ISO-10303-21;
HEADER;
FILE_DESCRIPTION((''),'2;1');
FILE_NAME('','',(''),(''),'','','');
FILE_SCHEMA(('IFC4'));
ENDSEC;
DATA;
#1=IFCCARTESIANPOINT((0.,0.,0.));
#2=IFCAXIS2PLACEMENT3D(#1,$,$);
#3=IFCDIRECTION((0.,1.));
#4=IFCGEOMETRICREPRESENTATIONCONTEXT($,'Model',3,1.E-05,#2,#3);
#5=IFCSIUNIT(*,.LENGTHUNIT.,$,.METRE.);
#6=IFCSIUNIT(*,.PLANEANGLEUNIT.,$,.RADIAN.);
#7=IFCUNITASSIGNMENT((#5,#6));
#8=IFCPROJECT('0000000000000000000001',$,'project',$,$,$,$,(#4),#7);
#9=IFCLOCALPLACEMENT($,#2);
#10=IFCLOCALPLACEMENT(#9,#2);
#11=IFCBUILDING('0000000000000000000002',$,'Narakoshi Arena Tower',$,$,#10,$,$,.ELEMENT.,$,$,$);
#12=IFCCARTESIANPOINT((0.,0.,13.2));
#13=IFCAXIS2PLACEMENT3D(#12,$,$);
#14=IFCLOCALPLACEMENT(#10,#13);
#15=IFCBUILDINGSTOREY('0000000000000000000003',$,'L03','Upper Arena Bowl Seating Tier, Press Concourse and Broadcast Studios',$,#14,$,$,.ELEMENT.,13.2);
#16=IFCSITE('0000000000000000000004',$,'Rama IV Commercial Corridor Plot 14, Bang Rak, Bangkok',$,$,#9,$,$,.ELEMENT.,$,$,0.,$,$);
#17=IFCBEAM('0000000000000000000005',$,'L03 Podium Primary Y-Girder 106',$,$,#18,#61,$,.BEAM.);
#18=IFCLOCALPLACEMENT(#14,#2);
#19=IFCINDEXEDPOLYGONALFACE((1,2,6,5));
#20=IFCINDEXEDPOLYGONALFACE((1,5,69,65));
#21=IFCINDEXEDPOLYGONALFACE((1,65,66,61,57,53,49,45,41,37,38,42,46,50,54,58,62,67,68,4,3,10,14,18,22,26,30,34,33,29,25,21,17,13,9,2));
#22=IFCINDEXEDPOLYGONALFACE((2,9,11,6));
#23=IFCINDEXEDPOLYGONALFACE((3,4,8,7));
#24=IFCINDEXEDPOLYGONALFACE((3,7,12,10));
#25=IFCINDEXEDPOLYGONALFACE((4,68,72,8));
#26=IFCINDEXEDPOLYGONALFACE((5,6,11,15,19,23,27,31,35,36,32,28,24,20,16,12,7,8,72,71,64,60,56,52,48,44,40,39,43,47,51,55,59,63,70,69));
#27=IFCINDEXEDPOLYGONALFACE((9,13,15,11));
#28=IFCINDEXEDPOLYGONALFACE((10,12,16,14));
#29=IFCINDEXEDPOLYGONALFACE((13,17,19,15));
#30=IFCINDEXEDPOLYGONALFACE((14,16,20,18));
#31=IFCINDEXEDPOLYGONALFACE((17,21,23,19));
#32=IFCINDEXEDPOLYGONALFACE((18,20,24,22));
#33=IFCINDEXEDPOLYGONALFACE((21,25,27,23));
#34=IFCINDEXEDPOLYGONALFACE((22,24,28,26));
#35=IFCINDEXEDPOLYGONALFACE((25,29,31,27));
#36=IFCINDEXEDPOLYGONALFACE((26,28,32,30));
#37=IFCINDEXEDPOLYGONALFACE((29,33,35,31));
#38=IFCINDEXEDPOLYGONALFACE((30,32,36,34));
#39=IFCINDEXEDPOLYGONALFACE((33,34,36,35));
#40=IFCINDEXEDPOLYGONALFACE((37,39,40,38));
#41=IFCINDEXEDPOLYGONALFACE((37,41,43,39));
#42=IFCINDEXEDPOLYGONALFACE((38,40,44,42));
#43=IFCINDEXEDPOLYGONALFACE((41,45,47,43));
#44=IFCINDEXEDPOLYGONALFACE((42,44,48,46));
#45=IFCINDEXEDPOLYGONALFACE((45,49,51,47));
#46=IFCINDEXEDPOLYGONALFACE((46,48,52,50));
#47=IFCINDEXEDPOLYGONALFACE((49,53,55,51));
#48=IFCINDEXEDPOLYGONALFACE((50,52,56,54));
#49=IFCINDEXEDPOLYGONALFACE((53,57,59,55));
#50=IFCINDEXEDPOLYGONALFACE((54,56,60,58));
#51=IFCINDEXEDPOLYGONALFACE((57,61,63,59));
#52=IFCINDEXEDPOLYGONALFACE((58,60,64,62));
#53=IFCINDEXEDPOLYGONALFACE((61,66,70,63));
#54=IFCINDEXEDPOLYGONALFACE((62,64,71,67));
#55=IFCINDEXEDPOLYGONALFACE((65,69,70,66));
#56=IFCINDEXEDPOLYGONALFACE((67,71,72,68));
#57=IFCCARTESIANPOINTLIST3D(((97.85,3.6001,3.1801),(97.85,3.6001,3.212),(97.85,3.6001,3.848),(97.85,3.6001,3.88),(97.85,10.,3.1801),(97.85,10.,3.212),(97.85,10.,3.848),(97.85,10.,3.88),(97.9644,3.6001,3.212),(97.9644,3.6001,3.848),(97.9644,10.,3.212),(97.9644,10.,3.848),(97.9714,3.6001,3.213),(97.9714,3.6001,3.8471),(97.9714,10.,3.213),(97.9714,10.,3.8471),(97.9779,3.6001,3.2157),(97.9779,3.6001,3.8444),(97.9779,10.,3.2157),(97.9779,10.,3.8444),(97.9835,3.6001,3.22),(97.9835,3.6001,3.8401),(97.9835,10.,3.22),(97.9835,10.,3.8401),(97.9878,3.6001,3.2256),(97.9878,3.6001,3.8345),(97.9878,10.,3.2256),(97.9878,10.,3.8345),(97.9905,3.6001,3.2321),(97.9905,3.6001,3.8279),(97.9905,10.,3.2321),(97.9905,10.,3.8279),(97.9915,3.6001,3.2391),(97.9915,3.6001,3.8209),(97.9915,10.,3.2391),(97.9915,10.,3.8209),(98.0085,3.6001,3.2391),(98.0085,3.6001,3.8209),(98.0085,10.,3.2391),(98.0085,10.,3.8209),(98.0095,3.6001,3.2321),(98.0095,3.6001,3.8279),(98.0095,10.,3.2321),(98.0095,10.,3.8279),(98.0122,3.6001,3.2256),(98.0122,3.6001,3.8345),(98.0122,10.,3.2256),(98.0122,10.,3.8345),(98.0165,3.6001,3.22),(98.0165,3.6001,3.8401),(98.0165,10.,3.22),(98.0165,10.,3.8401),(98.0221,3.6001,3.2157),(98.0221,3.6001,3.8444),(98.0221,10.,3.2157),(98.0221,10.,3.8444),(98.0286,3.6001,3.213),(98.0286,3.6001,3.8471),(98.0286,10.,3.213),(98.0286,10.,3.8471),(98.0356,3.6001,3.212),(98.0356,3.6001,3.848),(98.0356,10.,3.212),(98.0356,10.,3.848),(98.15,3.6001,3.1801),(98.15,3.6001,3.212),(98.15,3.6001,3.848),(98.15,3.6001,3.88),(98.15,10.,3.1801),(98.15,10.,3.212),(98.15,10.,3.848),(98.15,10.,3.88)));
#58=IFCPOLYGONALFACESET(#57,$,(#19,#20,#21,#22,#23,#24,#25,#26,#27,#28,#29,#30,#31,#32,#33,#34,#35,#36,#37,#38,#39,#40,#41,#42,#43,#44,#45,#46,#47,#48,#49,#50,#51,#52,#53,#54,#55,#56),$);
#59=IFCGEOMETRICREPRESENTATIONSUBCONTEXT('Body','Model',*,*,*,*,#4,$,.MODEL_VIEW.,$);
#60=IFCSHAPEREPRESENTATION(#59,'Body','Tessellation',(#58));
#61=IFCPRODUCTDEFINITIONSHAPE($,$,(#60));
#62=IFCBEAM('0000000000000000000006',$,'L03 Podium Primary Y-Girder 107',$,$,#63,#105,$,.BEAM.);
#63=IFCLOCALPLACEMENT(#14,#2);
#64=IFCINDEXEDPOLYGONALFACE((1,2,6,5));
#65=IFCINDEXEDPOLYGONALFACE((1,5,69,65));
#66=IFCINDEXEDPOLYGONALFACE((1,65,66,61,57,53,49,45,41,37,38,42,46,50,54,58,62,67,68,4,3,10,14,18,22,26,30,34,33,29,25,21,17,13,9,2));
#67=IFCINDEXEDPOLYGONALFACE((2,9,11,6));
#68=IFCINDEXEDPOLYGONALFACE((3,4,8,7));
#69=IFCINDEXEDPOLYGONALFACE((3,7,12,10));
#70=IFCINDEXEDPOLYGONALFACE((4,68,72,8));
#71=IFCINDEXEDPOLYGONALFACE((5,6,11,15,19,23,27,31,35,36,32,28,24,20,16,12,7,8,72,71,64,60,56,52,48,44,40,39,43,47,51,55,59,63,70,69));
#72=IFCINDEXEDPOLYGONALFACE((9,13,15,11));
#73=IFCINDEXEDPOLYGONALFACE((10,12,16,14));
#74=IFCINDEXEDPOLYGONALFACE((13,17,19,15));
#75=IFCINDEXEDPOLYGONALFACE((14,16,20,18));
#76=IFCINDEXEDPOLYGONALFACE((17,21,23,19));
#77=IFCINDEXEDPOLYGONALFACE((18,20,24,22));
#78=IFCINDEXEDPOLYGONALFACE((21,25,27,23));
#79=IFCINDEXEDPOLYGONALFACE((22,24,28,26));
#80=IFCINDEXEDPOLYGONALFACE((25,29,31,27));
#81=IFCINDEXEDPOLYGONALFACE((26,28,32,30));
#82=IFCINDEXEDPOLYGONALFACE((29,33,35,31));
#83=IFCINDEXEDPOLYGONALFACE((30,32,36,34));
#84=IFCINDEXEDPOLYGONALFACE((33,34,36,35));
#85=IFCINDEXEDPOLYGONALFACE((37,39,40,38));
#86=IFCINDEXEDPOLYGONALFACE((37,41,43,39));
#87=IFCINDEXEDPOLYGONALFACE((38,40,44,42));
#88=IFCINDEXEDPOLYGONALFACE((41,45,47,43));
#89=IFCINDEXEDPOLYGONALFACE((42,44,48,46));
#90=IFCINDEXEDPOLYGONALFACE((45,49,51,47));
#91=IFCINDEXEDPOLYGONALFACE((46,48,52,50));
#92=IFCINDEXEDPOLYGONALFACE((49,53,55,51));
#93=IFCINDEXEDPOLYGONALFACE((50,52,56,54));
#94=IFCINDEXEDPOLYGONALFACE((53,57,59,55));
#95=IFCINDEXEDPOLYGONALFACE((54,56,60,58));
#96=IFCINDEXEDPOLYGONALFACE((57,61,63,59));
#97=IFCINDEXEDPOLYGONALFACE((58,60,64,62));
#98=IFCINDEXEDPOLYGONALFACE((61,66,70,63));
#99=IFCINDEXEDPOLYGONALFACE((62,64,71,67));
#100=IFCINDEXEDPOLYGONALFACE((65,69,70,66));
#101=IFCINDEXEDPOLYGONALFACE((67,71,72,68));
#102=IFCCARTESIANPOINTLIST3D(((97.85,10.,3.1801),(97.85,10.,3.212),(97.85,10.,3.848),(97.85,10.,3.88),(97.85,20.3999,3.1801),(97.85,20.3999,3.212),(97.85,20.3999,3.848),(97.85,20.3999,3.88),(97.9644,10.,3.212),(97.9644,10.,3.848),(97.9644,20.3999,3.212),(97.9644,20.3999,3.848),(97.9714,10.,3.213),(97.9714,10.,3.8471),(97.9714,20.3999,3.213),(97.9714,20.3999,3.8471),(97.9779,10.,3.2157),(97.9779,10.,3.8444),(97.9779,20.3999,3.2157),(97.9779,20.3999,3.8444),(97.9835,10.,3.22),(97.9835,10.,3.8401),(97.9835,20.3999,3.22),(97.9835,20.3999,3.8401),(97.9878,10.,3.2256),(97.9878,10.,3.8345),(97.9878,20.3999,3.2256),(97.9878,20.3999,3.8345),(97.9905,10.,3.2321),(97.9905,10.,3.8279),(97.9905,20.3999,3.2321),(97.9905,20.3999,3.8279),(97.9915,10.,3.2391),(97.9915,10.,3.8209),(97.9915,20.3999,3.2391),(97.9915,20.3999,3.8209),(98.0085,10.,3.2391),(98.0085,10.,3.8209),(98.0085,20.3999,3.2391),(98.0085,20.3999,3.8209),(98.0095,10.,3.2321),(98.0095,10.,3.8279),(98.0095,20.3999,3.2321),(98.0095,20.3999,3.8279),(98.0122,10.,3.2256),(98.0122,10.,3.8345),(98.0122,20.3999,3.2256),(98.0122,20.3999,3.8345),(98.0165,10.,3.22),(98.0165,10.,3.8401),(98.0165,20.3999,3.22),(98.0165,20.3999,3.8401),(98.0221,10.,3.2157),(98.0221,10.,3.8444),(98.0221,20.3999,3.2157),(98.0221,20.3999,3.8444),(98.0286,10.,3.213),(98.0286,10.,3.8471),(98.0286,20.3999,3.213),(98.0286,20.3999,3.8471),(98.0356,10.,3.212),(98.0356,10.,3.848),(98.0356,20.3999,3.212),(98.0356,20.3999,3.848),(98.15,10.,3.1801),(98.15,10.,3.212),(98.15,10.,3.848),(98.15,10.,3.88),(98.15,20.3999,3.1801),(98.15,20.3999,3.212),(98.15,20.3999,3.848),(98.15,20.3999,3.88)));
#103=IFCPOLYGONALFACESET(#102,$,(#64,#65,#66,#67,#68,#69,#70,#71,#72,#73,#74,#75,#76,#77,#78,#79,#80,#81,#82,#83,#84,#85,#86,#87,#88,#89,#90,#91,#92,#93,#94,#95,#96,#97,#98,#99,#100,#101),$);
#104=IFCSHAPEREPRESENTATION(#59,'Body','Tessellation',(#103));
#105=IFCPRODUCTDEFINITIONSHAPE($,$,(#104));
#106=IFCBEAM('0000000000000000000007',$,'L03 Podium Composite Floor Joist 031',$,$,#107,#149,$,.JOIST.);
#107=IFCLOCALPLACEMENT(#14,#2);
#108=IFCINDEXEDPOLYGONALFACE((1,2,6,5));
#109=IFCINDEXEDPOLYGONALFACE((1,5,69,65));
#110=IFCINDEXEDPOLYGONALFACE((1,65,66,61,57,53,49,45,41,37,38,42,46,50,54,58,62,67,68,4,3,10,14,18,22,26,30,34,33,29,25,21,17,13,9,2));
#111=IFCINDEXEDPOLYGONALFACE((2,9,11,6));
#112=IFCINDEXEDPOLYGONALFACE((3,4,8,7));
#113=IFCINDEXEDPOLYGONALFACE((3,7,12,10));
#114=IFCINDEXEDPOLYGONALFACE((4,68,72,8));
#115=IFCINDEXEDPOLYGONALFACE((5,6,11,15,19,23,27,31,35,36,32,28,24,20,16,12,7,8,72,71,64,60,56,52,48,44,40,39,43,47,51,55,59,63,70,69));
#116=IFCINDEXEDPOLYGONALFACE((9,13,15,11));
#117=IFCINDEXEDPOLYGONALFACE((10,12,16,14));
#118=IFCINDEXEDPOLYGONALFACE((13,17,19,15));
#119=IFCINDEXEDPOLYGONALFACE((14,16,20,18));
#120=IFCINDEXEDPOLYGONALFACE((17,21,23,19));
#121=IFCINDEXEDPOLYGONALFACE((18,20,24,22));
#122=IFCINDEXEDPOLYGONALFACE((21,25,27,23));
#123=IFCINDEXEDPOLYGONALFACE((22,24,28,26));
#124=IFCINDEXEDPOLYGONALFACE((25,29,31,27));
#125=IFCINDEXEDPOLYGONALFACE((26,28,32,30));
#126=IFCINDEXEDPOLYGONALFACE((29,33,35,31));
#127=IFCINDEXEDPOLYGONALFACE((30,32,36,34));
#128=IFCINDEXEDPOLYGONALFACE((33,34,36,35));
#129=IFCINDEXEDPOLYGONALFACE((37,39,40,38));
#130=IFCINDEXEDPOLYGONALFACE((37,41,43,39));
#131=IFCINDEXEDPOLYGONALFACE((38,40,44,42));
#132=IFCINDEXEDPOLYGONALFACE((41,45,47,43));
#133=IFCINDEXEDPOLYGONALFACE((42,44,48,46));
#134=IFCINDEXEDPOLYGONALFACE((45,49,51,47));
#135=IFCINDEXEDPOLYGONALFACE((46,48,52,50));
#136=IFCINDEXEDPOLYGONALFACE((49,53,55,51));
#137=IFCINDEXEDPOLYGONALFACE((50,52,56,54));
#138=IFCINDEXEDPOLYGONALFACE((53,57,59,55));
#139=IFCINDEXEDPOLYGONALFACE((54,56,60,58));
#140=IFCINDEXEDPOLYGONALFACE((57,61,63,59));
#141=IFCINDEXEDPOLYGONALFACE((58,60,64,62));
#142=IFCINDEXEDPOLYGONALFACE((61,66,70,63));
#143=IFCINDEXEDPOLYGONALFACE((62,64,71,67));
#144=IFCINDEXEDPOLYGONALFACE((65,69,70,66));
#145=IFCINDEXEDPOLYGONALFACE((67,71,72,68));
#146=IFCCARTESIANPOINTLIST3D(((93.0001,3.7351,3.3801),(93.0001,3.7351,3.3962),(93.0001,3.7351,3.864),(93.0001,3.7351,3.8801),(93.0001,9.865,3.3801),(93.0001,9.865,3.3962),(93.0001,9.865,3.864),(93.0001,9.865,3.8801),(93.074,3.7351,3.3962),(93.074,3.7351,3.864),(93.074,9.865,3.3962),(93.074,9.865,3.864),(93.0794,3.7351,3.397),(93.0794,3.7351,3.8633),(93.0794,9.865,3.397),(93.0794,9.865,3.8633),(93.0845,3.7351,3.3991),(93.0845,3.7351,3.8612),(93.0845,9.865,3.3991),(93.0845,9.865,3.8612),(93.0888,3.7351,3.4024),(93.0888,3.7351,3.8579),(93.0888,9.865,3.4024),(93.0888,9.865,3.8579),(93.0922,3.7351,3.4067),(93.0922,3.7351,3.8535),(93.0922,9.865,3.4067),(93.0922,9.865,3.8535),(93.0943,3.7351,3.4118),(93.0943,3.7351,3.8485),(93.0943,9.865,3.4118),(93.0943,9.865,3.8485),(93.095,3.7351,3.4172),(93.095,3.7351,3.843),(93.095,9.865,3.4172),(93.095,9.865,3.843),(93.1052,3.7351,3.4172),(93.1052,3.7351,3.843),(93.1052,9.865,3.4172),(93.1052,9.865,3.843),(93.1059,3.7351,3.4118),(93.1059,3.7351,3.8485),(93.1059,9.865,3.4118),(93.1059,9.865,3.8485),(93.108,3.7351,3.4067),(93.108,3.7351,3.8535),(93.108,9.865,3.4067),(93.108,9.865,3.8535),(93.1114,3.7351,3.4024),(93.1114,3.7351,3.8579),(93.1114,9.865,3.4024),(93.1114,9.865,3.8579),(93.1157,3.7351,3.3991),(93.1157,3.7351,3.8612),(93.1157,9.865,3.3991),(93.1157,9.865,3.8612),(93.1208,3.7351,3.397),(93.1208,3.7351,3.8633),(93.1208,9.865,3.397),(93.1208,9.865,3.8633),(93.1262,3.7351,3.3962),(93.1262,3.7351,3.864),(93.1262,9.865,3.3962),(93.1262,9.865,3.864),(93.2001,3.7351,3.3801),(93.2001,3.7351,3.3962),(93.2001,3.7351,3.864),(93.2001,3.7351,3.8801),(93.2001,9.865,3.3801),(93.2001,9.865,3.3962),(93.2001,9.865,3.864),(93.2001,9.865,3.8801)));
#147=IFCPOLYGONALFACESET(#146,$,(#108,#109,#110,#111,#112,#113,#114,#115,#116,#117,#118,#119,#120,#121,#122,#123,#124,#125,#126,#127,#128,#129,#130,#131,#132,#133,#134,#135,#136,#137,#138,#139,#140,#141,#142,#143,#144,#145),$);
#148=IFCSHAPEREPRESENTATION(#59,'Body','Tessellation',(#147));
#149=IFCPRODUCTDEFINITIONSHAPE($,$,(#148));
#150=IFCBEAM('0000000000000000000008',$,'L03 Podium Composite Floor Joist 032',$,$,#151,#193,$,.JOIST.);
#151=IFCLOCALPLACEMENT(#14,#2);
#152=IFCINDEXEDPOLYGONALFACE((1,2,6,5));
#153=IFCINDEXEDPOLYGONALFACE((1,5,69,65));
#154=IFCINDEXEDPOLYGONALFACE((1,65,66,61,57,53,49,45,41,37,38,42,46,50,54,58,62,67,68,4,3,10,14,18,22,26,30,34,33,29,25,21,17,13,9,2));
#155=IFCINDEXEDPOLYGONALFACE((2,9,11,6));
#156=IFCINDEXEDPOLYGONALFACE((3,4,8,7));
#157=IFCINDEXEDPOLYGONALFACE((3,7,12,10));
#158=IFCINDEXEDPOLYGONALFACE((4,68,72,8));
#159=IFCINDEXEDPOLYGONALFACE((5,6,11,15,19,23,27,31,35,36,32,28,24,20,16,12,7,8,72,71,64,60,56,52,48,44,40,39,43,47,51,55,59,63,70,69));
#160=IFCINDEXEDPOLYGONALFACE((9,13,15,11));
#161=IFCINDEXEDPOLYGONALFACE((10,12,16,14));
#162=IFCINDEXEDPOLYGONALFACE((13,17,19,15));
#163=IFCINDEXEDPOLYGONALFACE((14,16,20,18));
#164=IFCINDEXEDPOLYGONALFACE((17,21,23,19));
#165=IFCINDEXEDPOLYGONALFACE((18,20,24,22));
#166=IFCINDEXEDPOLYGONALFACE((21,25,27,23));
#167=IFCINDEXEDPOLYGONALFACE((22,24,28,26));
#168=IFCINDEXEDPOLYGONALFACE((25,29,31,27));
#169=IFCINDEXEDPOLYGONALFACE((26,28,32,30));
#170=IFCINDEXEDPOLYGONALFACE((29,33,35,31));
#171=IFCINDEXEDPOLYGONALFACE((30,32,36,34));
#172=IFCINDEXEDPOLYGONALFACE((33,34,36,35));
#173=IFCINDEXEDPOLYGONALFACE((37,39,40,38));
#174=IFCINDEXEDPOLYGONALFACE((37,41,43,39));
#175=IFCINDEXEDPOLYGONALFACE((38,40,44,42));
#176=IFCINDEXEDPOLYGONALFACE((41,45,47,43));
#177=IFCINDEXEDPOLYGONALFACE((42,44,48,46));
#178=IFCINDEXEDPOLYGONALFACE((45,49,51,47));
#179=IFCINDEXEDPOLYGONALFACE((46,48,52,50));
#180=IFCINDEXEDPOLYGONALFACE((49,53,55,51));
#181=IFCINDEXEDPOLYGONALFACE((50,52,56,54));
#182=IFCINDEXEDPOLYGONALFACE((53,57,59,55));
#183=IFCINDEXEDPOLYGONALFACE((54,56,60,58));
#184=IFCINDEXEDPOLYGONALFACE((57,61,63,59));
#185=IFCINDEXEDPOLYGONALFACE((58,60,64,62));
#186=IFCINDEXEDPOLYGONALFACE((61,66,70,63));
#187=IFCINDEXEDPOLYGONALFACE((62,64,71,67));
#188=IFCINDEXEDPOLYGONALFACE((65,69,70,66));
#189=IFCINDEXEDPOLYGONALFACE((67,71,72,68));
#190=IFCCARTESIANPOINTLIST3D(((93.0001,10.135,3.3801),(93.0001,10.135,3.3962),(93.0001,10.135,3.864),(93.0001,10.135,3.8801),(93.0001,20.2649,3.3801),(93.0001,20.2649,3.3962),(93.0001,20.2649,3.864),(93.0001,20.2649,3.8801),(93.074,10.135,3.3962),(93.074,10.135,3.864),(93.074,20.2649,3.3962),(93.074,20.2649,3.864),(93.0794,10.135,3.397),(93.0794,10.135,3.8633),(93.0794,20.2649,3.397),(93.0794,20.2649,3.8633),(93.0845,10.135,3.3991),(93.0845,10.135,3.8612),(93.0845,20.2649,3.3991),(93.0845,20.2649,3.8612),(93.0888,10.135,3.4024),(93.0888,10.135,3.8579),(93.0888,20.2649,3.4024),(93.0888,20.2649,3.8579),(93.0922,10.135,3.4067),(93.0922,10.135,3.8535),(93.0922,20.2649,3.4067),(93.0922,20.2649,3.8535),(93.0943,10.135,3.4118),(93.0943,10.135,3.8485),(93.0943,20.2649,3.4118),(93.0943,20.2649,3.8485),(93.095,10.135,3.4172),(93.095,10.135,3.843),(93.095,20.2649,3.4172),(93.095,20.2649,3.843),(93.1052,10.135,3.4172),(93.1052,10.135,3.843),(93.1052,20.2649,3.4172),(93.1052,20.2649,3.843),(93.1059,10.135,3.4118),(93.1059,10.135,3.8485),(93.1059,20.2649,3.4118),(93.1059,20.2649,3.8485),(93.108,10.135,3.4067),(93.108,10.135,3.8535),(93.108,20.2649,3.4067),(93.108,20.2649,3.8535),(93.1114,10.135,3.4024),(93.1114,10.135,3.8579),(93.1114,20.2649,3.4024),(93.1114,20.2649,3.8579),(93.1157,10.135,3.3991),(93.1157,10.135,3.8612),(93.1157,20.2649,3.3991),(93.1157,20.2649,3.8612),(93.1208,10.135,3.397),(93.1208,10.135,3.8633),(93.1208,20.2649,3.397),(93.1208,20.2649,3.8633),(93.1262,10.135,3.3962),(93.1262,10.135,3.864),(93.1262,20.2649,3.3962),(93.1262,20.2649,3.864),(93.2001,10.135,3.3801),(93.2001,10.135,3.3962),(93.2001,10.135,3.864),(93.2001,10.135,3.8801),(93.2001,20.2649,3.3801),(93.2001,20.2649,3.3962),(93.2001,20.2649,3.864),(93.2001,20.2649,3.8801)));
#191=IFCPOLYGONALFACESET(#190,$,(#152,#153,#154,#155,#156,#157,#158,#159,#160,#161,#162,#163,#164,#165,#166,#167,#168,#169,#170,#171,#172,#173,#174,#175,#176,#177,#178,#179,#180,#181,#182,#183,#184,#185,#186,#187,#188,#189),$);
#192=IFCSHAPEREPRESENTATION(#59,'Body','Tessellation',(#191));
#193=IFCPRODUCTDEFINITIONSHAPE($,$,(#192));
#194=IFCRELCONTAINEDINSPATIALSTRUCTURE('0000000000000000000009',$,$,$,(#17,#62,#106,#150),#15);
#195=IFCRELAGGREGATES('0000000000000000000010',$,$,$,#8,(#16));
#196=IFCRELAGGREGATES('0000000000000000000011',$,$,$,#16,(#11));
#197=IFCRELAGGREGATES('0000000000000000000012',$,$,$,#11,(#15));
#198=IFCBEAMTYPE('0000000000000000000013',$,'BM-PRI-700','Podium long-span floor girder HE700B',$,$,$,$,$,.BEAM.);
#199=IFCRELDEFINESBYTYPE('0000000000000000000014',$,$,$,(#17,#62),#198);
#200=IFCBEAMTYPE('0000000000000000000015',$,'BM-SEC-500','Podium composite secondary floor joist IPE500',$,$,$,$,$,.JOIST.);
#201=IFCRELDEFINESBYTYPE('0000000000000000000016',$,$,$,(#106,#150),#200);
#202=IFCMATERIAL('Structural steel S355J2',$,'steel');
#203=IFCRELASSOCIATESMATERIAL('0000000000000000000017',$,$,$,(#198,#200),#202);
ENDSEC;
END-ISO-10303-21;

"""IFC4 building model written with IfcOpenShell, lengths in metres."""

from ifc_helpers import new_model, si_unit, direction, frame, origin, origin_2d, place, context, subcontext, project, spatial, i_section, extrude, material, material_profile, profile_set, type_object, element, save


model = new_model("IFC4")

# Units and contexts
model_context = context("Model", 3, precision=1e-05, world=origin(), true_north=direction((0.0, 1.0)))
body_context = subcontext(model_context, "Body", "Model", "MODEL_VIEW")
ifc_project = project(units=[si_unit("LENGTHUNIT", "METRE"), si_unit("PLANEANGLEUNIT", "RADIAN")], contexts=[model_context])

# Site, building, storey
site_placement = place(None, origin())
site = spatial("IfcSite", under=ifc_project, at=site_placement, Name="Rama IV Commercial Corridor Plot 14, Bang Rak, Bangkok", CompositionType="ELEMENT", RefElevation=0.0)
building_placement = place(site_placement, origin())
building = spatial("IfcBuilding", under=site, at=building_placement, Name="Narakoshi Arena Tower", CompositionType="ELEMENT")
storey_placement = place(building_placement, frame((0.0, 0.0, 13.2)))
storey = spatial("IfcBuildingStorey", under=building, at=storey_placement, Name="L03", Description="Upper Arena Bowl Seating Tier, Press Concourse and Broadcast Studios", CompositionType="ELEMENT", Elevation=13.2)

# Beams
ifc_material_1 = material(Name="Structural steel S355J2", Category="steel")
ifc_material_profile_1 = material_profile(ifc_material_1, i_section(OverallWidth=0.3, OverallDepth=0.7, WebThickness=0.0171, FlangeThickness=0.032, FilletRadius=0.0271, at=origin_2d()), Name="HE700B")
ifc_profile_set_1 = profile_set([ifc_material_profile_1], Name="Structural steel S355J2")
beam_type_1 = type_object("IfcBeamType", Name="BM-PRI-700", Description="Podium long-span floor girder HE700B", PredefinedType="BEAM", material=ifc_profile_set_1)
beam_1_placement = place(storey_placement, frame((98.0, 3.6001, 3.53), z_axis=(0.0, 1.0, 0.0), x_axis=(-1.0, 0.0, 0.0)))
element("IfcBeam", 1, at=beam_1_placement, inside=storey, type_object=beam_type_1, Name="L03 Podium Primary Y-Girder 106", PredefinedType="BEAM", context=body_context, shape_type="SweptSolid", body=[
    extrude(i_section(OverallWidth=0.3, OverallDepth=0.7, WebThickness=0.0171, FlangeThickness=0.032, FilletRadius=0.0271, at=origin_2d()), origin(), (0.0, 0.0, 1.0), 6.3999),
])
beam_2_placement = place(storey_placement, frame((98.0, 10.0, 3.53), z_axis=(0.0, 1.0, 0.0), x_axis=(-1.0, 0.0, 0.0)))
element("IfcBeam", 2, at=beam_2_placement, inside=storey, type_object=beam_type_1, Name="L03 Podium Primary Y-Girder 107", PredefinedType="BEAM", context=body_context, shape_type="SweptSolid", body=[
    extrude(i_section(OverallWidth=0.3, OverallDepth=0.7, WebThickness=0.0171, FlangeThickness=0.032, FilletRadius=0.0271, at=origin_2d()), origin(), (0.0, 0.0, 1.0), 10.3999),
])
ifc_material_profile_2 = material_profile(ifc_material_1, i_section(OverallWidth=0.2, OverallDepth=0.5, WebThickness=0.0103, FlangeThickness=0.0161, FilletRadius=0.021, at=origin_2d()), Name="IPE500")
ifc_profile_set_2 = profile_set([ifc_material_profile_2], Name="Structural steel S355J2")
beam_type_2 = type_object("IfcBeamType", Name="BM-SEC-500", Description="Podium composite secondary floor joist IPE500", PredefinedType="JOIST", material=ifc_profile_set_2)
beam_3_placement = place(storey_placement, frame((93.1001, 3.7351, 3.6301), z_axis=(0.0, 1.0, 0.0), x_axis=(-1.0, 0.0, 0.0)))
element("IfcBeam", 3, at=beam_3_placement, inside=storey, type_object=beam_type_2, Name="L03 Podium Composite Floor Joist 031", PredefinedType="JOIST", context=body_context, shape_type="SweptSolid", body=[
    extrude(i_section(OverallWidth=0.2, OverallDepth=0.5, WebThickness=0.0103, FlangeThickness=0.0161, FilletRadius=0.021, at=origin_2d()), origin(), (0.0, 0.0, 1.0), 6.1299),
])
beam_4_placement = place(storey_placement, frame((93.1001, 10.135, 3.6301), z_axis=(0.0, 1.0, 0.0), x_axis=(-1.0, 0.0, 0.0)))
element("IfcBeam", 4, at=beam_4_placement, inside=storey, type_object=beam_type_2, Name="L03 Podium Composite Floor Joist 032", PredefinedType="JOIST", context=body_context, shape_type="SweptSolid", body=[
    extrude(i_section(OverallWidth=0.2, OverallDepth=0.5, WebThickness=0.0103, FlangeThickness=0.0161, FilletRadius=0.021, at=origin_2d()), origin(), (0.0, 0.0, 1.0), 10.1299),
])

save(model, "model.ifc")
